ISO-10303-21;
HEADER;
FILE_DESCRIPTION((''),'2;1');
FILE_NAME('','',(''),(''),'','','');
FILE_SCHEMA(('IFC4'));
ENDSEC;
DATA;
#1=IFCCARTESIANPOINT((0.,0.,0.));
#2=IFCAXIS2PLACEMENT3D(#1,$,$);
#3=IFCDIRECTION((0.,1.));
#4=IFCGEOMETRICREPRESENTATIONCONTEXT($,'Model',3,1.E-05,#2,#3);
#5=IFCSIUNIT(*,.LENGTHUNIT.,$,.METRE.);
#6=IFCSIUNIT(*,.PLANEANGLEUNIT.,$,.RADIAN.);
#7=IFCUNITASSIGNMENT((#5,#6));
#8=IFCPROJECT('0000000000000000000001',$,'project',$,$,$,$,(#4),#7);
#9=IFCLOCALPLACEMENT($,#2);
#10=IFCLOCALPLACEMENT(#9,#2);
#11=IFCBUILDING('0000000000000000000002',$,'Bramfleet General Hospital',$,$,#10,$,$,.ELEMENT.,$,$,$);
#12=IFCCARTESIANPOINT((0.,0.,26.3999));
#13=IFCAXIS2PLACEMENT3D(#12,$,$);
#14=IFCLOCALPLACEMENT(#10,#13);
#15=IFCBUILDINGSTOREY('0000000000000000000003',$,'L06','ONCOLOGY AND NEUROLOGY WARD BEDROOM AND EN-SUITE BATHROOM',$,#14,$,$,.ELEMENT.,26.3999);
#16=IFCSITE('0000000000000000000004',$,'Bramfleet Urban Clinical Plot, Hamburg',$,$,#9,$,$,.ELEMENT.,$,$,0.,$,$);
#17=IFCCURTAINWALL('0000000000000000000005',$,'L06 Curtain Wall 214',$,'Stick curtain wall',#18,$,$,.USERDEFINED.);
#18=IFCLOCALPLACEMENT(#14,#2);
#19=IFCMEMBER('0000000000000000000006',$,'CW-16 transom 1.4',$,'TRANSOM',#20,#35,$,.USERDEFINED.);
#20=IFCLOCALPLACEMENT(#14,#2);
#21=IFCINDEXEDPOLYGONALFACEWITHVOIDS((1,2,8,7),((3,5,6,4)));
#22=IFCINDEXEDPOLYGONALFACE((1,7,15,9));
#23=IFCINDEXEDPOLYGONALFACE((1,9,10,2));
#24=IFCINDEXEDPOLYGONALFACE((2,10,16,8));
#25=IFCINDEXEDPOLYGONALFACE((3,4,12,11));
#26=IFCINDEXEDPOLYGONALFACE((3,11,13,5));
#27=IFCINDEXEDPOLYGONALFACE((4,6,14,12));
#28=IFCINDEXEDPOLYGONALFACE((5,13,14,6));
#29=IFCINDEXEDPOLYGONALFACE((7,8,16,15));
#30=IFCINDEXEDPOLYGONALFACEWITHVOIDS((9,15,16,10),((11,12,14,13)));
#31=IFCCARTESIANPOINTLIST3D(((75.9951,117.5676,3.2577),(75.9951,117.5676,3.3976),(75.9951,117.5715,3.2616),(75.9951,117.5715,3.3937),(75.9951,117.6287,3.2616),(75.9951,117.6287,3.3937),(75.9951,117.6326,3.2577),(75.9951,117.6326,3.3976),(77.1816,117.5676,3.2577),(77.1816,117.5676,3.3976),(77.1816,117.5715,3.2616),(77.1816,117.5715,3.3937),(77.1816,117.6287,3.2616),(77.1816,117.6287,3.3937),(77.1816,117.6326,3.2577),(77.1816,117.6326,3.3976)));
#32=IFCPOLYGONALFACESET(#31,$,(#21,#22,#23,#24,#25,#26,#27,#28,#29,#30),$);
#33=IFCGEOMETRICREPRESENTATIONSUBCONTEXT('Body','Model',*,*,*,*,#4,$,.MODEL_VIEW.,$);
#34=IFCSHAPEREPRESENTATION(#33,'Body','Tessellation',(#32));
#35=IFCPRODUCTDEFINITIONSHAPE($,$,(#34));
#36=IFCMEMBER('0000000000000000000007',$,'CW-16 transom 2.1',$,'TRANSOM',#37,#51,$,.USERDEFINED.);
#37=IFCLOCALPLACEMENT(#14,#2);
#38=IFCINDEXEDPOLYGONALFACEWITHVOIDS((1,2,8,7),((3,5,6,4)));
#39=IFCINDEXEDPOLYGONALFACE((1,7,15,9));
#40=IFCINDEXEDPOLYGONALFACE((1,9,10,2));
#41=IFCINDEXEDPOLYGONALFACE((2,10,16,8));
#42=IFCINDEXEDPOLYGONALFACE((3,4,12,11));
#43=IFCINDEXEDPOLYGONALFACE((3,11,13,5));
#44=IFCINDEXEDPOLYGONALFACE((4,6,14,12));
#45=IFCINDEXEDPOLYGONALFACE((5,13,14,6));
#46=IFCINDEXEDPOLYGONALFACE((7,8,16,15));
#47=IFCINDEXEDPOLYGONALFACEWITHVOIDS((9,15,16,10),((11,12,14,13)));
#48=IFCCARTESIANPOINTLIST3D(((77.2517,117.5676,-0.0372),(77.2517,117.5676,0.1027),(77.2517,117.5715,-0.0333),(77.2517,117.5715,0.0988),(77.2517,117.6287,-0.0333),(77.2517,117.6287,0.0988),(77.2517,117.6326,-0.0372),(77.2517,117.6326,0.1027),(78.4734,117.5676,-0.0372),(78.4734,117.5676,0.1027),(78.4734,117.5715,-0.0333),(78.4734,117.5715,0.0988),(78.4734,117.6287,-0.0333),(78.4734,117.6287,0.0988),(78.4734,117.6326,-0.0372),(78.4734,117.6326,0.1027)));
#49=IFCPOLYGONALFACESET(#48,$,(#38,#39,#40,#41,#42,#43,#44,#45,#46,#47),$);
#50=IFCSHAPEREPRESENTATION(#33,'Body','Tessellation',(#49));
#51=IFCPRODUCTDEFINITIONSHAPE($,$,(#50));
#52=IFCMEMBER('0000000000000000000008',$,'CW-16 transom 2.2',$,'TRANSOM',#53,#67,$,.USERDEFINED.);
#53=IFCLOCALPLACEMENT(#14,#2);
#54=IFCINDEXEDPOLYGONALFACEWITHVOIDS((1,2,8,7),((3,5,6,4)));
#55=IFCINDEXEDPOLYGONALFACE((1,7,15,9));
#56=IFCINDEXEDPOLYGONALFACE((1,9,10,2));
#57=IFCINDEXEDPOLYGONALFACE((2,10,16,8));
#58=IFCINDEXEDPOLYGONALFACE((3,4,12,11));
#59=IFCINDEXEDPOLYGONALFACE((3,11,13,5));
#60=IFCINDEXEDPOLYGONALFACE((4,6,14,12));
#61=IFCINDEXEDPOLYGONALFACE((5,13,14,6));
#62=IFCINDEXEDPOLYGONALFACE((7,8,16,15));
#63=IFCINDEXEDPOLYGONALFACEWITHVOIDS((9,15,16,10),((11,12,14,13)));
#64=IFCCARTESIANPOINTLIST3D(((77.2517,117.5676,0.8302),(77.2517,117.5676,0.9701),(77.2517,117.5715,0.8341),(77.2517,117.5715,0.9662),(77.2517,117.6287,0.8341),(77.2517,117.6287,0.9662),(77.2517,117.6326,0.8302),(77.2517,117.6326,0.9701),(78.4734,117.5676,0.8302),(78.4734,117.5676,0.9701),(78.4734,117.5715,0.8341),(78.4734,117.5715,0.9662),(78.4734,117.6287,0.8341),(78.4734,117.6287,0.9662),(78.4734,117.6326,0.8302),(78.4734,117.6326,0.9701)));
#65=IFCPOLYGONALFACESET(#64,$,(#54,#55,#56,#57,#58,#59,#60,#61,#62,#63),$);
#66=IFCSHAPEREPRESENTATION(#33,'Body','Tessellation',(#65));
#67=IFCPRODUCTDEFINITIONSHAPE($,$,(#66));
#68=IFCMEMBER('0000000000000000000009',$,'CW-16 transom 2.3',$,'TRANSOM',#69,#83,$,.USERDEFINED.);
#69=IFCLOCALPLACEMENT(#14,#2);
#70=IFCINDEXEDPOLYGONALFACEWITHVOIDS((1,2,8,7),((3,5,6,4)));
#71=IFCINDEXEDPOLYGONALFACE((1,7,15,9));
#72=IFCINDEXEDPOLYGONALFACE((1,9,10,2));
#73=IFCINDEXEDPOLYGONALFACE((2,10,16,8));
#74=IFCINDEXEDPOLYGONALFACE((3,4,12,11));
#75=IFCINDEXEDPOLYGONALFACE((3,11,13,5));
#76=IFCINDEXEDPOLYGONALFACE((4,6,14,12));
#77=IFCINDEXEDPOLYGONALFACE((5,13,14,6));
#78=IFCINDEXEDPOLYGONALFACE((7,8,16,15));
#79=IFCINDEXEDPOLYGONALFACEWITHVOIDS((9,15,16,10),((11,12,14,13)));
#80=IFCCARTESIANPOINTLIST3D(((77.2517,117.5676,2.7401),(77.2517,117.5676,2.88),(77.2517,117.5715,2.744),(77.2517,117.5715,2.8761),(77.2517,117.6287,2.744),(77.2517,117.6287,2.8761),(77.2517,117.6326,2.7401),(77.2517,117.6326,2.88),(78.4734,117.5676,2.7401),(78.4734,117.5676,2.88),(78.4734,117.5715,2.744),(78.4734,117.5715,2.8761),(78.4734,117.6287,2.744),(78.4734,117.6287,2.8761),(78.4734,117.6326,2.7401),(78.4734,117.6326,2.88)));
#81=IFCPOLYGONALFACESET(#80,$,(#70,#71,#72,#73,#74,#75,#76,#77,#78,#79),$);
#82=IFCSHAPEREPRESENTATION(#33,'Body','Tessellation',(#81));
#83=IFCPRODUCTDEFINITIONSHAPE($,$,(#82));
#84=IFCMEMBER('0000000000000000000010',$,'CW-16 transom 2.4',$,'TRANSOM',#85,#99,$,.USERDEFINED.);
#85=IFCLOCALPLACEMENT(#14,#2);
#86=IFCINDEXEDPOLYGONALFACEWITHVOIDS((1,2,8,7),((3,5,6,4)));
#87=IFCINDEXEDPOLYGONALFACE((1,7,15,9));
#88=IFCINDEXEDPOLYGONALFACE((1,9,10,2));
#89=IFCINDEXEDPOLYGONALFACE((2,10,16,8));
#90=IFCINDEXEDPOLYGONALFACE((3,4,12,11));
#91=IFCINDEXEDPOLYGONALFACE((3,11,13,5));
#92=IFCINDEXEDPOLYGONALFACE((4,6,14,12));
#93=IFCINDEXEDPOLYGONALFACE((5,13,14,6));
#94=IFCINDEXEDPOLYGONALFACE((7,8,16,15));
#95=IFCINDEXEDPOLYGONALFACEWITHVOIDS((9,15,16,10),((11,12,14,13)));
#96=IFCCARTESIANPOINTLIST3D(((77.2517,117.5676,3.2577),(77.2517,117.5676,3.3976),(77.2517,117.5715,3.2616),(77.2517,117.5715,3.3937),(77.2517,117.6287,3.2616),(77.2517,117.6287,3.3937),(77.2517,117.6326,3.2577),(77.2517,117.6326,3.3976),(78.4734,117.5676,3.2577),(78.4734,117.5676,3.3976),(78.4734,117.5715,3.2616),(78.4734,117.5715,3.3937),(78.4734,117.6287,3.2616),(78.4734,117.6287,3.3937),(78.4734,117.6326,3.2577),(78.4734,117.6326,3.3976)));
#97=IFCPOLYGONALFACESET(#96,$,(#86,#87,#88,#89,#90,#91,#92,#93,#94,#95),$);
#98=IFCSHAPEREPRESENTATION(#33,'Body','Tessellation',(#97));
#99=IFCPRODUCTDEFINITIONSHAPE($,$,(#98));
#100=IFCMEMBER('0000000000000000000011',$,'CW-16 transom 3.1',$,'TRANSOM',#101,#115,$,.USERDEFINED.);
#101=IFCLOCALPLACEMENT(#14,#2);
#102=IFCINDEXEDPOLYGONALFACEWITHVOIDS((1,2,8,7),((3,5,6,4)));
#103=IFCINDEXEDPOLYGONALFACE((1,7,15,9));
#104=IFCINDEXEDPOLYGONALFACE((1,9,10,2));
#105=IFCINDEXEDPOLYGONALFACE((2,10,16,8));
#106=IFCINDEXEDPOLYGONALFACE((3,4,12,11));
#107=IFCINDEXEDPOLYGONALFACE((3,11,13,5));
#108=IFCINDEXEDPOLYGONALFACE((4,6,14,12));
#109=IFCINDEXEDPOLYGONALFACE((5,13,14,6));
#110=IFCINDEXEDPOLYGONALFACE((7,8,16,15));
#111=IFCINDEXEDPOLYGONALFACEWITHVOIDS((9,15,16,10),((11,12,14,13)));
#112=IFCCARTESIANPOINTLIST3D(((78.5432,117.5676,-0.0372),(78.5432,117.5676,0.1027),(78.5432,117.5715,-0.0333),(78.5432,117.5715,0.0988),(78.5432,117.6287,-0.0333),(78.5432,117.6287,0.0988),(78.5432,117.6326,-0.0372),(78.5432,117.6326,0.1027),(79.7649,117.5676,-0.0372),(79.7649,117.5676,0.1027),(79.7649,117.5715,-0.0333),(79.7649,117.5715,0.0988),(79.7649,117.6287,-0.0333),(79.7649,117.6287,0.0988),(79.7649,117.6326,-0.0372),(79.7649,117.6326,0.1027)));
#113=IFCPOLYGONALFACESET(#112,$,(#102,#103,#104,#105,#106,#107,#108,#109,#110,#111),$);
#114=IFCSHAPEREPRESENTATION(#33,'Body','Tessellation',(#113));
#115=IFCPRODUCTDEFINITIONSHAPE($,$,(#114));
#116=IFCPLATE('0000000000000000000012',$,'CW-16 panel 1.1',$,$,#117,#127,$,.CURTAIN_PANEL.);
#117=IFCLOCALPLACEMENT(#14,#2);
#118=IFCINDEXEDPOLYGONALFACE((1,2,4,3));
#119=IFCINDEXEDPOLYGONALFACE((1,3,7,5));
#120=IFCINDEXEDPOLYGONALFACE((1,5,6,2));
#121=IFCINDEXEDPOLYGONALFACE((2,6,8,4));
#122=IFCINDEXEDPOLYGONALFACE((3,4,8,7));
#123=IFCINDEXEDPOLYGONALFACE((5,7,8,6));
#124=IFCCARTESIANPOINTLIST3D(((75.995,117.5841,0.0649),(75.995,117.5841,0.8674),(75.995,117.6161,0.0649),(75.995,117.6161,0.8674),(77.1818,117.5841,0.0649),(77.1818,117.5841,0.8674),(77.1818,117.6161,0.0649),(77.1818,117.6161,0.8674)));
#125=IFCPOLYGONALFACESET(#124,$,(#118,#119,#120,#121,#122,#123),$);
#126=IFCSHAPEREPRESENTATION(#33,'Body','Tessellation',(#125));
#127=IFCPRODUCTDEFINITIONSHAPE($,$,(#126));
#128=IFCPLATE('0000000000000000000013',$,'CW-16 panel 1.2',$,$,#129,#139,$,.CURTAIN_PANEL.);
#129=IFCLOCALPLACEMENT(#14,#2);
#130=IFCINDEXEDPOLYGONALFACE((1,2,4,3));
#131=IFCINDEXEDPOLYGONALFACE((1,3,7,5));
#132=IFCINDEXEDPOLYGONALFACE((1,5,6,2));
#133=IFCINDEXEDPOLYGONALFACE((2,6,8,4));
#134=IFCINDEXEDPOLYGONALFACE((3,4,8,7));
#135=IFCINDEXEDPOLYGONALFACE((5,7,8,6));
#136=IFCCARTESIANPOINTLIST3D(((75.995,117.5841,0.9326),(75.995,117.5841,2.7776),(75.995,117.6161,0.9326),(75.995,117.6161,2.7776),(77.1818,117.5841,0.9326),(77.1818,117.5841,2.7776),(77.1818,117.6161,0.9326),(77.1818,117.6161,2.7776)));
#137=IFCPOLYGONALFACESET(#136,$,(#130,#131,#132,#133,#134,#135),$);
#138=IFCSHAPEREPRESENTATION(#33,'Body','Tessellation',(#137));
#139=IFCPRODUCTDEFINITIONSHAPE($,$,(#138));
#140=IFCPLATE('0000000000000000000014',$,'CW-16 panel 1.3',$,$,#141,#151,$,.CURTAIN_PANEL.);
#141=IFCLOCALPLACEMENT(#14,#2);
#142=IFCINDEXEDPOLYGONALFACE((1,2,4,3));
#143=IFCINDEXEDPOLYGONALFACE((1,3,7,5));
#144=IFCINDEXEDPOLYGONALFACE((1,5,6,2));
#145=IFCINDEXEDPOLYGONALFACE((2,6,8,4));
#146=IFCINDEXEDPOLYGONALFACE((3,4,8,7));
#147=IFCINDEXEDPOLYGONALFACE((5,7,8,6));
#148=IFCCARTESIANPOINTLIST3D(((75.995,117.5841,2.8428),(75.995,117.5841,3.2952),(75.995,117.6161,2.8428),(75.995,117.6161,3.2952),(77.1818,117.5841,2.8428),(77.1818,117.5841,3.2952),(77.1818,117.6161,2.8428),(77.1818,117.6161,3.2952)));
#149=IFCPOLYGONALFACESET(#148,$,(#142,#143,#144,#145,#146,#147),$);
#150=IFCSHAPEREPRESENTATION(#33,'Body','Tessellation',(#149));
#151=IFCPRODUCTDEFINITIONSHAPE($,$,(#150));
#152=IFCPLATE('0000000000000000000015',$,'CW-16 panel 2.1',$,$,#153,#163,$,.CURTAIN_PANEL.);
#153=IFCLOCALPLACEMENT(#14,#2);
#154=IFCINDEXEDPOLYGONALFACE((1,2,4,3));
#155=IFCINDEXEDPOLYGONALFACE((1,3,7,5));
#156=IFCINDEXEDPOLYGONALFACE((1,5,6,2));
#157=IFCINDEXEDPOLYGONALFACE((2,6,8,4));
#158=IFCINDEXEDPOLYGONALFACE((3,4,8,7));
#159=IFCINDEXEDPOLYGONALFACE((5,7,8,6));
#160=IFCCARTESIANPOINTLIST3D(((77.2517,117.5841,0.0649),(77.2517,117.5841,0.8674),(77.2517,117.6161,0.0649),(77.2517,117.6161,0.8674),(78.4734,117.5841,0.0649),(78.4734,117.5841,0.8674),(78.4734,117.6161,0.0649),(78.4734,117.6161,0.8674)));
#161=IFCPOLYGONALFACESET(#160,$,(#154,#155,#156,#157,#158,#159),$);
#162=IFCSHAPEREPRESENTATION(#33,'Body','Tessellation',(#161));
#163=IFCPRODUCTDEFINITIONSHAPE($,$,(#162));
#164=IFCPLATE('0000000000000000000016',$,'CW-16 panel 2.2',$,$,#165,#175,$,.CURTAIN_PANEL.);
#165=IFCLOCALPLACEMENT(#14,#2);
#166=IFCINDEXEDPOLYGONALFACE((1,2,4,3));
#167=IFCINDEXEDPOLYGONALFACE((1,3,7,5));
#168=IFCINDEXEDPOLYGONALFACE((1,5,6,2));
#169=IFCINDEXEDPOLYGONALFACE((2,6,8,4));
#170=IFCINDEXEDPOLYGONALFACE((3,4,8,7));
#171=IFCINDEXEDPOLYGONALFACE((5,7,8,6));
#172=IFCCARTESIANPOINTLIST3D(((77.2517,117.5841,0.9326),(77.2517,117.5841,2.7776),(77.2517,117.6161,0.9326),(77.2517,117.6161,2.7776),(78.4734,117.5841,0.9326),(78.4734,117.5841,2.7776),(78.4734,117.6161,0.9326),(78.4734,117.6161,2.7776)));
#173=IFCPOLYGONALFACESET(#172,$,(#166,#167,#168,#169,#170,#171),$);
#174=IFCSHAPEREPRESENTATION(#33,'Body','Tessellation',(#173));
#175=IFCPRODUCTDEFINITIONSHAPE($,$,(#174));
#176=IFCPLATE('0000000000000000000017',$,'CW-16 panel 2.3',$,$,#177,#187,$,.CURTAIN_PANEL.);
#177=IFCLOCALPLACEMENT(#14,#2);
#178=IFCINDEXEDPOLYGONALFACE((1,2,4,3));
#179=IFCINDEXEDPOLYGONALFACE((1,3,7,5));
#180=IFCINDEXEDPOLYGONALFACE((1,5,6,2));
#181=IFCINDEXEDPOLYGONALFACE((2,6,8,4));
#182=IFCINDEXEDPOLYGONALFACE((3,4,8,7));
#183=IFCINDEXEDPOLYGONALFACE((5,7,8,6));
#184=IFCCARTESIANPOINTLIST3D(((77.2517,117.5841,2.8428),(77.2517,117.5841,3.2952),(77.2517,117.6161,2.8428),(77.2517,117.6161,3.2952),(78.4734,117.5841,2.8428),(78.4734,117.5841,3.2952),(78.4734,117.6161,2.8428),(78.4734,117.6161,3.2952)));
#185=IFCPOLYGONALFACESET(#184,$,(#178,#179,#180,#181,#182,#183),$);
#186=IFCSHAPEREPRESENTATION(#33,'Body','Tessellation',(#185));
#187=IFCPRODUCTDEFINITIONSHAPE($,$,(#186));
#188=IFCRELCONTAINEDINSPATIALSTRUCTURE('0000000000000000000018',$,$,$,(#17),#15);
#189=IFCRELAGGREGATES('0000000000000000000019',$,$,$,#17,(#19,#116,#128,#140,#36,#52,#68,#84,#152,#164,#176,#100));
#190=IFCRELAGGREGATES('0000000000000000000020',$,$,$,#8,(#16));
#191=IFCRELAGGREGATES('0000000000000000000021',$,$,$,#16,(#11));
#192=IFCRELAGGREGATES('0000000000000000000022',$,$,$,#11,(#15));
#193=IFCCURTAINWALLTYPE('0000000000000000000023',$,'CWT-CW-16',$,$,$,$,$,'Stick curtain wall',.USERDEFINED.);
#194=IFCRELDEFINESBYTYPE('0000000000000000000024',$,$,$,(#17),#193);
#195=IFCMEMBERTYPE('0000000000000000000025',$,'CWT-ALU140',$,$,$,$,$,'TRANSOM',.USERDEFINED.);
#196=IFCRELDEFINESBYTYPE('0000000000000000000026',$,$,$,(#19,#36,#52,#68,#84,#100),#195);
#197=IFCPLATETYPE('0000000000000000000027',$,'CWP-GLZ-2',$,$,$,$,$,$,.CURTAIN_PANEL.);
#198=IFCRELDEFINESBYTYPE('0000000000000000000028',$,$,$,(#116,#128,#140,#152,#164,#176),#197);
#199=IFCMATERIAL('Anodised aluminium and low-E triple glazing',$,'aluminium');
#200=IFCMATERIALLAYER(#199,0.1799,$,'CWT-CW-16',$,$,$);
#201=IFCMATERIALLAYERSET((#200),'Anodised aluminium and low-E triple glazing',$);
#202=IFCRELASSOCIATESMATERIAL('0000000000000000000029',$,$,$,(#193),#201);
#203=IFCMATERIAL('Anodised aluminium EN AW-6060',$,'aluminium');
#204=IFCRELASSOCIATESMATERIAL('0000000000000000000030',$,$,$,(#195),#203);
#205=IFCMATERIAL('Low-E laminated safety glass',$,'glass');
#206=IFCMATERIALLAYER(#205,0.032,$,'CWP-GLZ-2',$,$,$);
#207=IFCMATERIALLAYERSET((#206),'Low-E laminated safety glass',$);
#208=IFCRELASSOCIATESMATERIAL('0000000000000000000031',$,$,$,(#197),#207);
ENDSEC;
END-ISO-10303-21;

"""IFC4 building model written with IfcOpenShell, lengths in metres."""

from ifc_helpers import new_model, si_unit, direction, frame, origin, origin_2d, place, context, subcontext, project, spatial, rectangle, hollow_rectangle, extrude, material, layer, layer_set, material_profile, profile_set, type_object, element, aggregate, save


model = new_model("IFC4")

# Units and contexts
model_context = context("Model", 3, precision=1e-05, world=origin(), true_north=direction((0.0, 1.0)))
body_context = subcontext(model_context, "Body", "Model", "MODEL_VIEW")
ifc_project = project(units=[si_unit("LENGTHUNIT", "METRE"), si_unit("PLANEANGLEUNIT", "RADIAN")], contexts=[model_context])

# Site, building, storey
site_placement = place(None, origin())
site = spatial("IfcSite", under=ifc_project, at=site_placement, Name="Bramfleet Urban Clinical Plot, Hamburg", CompositionType="ELEMENT", RefElevation=0.0)
building_placement = place(site_placement, origin())
building = spatial("IfcBuilding", under=site, at=building_placement, Name="Bramfleet General Hospital", CompositionType="ELEMENT")
storey_placement = place(building_placement, frame((0.0, 0.0, 26.3999)))
storey = spatial("IfcBuildingStorey", under=building, at=storey_placement, Name="L06", Description="ONCOLOGY AND NEUROLOGY WARD BEDROOM AND EN-SUITE BATHROOM", CompositionType="ELEMENT", Elevation=26.3999)

# Curtain wall, members, plates
ifc_material_1 = material(Name="Anodised aluminium and low-E triple glazing", Category="aluminium")
ifc_layer_1 = layer(ifc_material_1, 0.1799, Name="CWT-CW-16")
ifc_layer_set_1 = layer_set([ifc_layer_1], Name="Anodised aluminium and low-E triple glazing")
curtain_wall_type = type_object("IfcCurtainWallType", Name="CWT-CW-16", ElementType="Stick curtain wall", PredefinedType="USERDEFINED", material=ifc_layer_set_1)
curtain_wall_placement = place(storey_placement, origin())
curtain_wall = element("IfcCurtainWall", 1, at=curtain_wall_placement, inside=storey, type_object=curtain_wall_type, Name="L06 Curtain Wall 214", ObjectType="Stick curtain wall", PredefinedType="USERDEFINED")
ifc_material_2 = material(Name="Anodised aluminium EN AW-6060", Category="aluminium")
ifc_material_profile_1 = material_profile(ifc_material_2, hollow_rectangle(XDim=0.0649, YDim=0.1399, WallThickness=0.0039, at=origin_2d()), Name="ALU 140x65x4.0")
ifc_profile_set_1 = profile_set([ifc_material_profile_1], Name="Anodised aluminium EN AW-6060")
member_type_1 = type_object("IfcMemberType", Name="CWT-ALU140", ElementType="TRANSOM", PredefinedType="USERDEFINED", material=ifc_profile_set_1)
member_1_placement = place(storey_placement, frame((75.9951, 117.6001, 3.3276), z_axis=(1.0, 0.0, 0.0), x_axis=(0.0, 1.0, 0.0)))
member_1 = element("IfcMember", 2, at=member_1_placement, type_object=member_type_1, Name="CW-16 transom 1.4", ObjectType="TRANSOM", PredefinedType="USERDEFINED", context=body_context, shape_type="SweptSolid", body=[
    extrude(hollow_rectangle(XDim=0.0649, YDim=0.1399, WallThickness=0.0039, at=origin_2d()), origin(), (0.0, 0.0, 1.0), 1.1865),
])
member_2_placement = place(storey_placement, frame((77.2517, 117.6001, 0.0327), z_axis=(1.0, 0.0, 0.0), x_axis=(0.0, 1.0, 0.0)))
member_2 = element("IfcMember", 3, at=member_2_placement, type_object=member_type_1, Name="CW-16 transom 2.1", ObjectType="TRANSOM", PredefinedType="USERDEFINED", context=body_context, shape_type="SweptSolid", body=[
    extrude(hollow_rectangle(XDim=0.0649, YDim=0.1399, WallThickness=0.0039, at=origin_2d()), origin(), (0.0, 0.0, 1.0), 1.2217),
])
member_3_placement = place(storey_placement, frame((77.2517, 117.6001, 0.9001), z_axis=(1.0, 0.0, 0.0), x_axis=(0.0, 1.0, 0.0)))
member_3 = element("IfcMember", 4, at=member_3_placement, type_object=member_type_1, Name="CW-16 transom 2.2", ObjectType="TRANSOM", PredefinedType="USERDEFINED", context=body_context, shape_type="SweptSolid", body=[
    extrude(hollow_rectangle(XDim=0.0649, YDim=0.1399, WallThickness=0.0039, at=origin_2d()), origin(), (0.0, 0.0, 1.0), 1.2217),
])
member_4_placement = place(storey_placement, frame((77.2517, 117.6001, 2.8101), z_axis=(1.0, 0.0, 0.0), x_axis=(0.0, 1.0, 0.0)))
member_4 = element("IfcMember", 5, at=member_4_placement, type_object=member_type_1, Name="CW-16 transom 2.3", ObjectType="TRANSOM", PredefinedType="USERDEFINED", context=body_context, shape_type="SweptSolid", body=[
    extrude(hollow_rectangle(XDim=0.0649, YDim=0.1399, WallThickness=0.0039, at=origin_2d()), origin(), (0.0, 0.0, 1.0), 1.2217),
])
member_5_placement = place(storey_placement, frame((77.2517, 117.6001, 3.3276), z_axis=(1.0, 0.0, 0.0), x_axis=(0.0, 1.0, 0.0)))
member_5 = element("IfcMember", 6, at=member_5_placement, type_object=member_type_1, Name="CW-16 transom 2.4", ObjectType="TRANSOM", PredefinedType="USERDEFINED", context=body_context, shape_type="SweptSolid", body=[
    extrude(hollow_rectangle(XDim=0.0649, YDim=0.1399, WallThickness=0.0039, at=origin_2d()), origin(), (0.0, 0.0, 1.0), 1.2217),
])
member_6_placement = place(storey_placement, frame((78.5432, 117.6001, 0.0327), z_axis=(1.0, 0.0, 0.0), x_axis=(0.0, 1.0, 0.0)))
member_6 = element("IfcMember", 7, at=member_6_placement, type_object=member_type_1, Name="CW-16 transom 3.1", ObjectType="TRANSOM", PredefinedType="USERDEFINED", context=body_context, shape_type="SweptSolid", body=[
    extrude(hollow_rectangle(XDim=0.0649, YDim=0.1399, WallThickness=0.0039, at=origin_2d()), origin(), (0.0, 0.0, 1.0), 1.2217),
])
ifc_material_3 = material(Name="Low-E laminated safety glass", Category="glass")
ifc_layer_2 = layer(ifc_material_3, 0.032, Name="CWP-GLZ-2")
ifc_layer_set_2 = layer_set([ifc_layer_2], Name="Low-E laminated safety glass")
plate_type = type_object("IfcPlateType", Name="CWP-GLZ-2", PredefinedType="CURTAIN_PANEL", material=ifc_layer_set_2)
plate_1_placement = place(storey_placement, frame((76.5884, 117.6001, 0.0649), z_axis=(0.0, 0.0, 1.0), x_axis=(1.0, 0.0, 0.0)))
plate_1 = element("IfcPlate", 8, at=plate_1_placement, type_object=plate_type, Name="CW-16 panel 1.1", PredefinedType="CURTAIN_PANEL", context=body_context, shape_type="SweptSolid", body=[
    extrude(rectangle(XDim=1.1868, YDim=0.032, at=origin_2d()), origin(), (0.0, 0.0, 1.0), 0.8025),
])
plate_2_placement = place(storey_placement, frame((76.5884, 117.6001, 0.9326), z_axis=(0.0, 0.0, 1.0), x_axis=(1.0, 0.0, 0.0)))
plate_2 = element("IfcPlate", 9, at=plate_2_placement, type_object=plate_type, Name="CW-16 panel 1.2", PredefinedType="CURTAIN_PANEL", context=body_context, shape_type="SweptSolid", body=[
    extrude(rectangle(XDim=1.1868, YDim=0.032, at=origin_2d()), origin(), (0.0, 0.0, 1.0), 1.845),
])
plate_3_placement = place(storey_placement, frame((76.5884, 117.6001, 2.8428), z_axis=(0.0, 0.0, 1.0), x_axis=(1.0, 0.0, 0.0)))
plate_3 = element("IfcPlate", 10, at=plate_3_placement, type_object=plate_type, Name="CW-16 panel 1.3", PredefinedType="CURTAIN_PANEL", context=body_context, shape_type="SweptSolid", body=[
    extrude(rectangle(XDim=1.1868, YDim=0.032, at=origin_2d()), origin(), (0.0, 0.0, 1.0), 0.4524),
])
plate_4_placement = place(storey_placement, frame((77.8625, 117.6001, 0.0649), z_axis=(0.0, 0.0, 1.0), x_axis=(1.0, 0.0, 0.0)))
plate_4 = element("IfcPlate", 11, at=plate_4_placement, type_object=plate_type, Name="CW-16 panel 2.1", PredefinedType="CURTAIN_PANEL", context=body_context, shape_type="SweptSolid", body=[
    extrude(rectangle(XDim=1.2217, YDim=0.032, at=origin_2d()), origin(), (0.0, 0.0, 1.0), 0.8025),
])
plate_5_placement = place(storey_placement, frame((77.8625, 117.6001, 0.9326), z_axis=(0.0, 0.0, 1.0), x_axis=(1.0, 0.0, 0.0)))
plate_5 = element("IfcPlate", 12, at=plate_5_placement, type_object=plate_type, Name="CW-16 panel 2.2", PredefinedType="CURTAIN_PANEL", context=body_context, shape_type="SweptSolid", body=[
    extrude(rectangle(XDim=1.2217, YDim=0.032, at=origin_2d()), origin(), (0.0, 0.0, 1.0), 1.845),
])
plate_6_placement = place(storey_placement, frame((77.8625, 117.6001, 2.8428), z_axis=(0.0, 0.0, 1.0), x_axis=(1.0, 0.0, 0.0)))
plate_6 = element("IfcPlate", 13, at=plate_6_placement, type_object=plate_type, Name="CW-16 panel 2.3", PredefinedType="CURTAIN_PANEL", context=body_context, shape_type="SweptSolid", body=[
    extrude(rectangle(XDim=1.2217, YDim=0.032, at=origin_2d()), origin(), (0.0, 0.0, 1.0), 0.4524),
])
aggregate(curtain_wall, [member_1, plate_1, plate_2, plate_3, member_2, member_3, member_4, member_5, plate_4, plate_5, plate_6, member_6])

save(model, "model.ifc")
